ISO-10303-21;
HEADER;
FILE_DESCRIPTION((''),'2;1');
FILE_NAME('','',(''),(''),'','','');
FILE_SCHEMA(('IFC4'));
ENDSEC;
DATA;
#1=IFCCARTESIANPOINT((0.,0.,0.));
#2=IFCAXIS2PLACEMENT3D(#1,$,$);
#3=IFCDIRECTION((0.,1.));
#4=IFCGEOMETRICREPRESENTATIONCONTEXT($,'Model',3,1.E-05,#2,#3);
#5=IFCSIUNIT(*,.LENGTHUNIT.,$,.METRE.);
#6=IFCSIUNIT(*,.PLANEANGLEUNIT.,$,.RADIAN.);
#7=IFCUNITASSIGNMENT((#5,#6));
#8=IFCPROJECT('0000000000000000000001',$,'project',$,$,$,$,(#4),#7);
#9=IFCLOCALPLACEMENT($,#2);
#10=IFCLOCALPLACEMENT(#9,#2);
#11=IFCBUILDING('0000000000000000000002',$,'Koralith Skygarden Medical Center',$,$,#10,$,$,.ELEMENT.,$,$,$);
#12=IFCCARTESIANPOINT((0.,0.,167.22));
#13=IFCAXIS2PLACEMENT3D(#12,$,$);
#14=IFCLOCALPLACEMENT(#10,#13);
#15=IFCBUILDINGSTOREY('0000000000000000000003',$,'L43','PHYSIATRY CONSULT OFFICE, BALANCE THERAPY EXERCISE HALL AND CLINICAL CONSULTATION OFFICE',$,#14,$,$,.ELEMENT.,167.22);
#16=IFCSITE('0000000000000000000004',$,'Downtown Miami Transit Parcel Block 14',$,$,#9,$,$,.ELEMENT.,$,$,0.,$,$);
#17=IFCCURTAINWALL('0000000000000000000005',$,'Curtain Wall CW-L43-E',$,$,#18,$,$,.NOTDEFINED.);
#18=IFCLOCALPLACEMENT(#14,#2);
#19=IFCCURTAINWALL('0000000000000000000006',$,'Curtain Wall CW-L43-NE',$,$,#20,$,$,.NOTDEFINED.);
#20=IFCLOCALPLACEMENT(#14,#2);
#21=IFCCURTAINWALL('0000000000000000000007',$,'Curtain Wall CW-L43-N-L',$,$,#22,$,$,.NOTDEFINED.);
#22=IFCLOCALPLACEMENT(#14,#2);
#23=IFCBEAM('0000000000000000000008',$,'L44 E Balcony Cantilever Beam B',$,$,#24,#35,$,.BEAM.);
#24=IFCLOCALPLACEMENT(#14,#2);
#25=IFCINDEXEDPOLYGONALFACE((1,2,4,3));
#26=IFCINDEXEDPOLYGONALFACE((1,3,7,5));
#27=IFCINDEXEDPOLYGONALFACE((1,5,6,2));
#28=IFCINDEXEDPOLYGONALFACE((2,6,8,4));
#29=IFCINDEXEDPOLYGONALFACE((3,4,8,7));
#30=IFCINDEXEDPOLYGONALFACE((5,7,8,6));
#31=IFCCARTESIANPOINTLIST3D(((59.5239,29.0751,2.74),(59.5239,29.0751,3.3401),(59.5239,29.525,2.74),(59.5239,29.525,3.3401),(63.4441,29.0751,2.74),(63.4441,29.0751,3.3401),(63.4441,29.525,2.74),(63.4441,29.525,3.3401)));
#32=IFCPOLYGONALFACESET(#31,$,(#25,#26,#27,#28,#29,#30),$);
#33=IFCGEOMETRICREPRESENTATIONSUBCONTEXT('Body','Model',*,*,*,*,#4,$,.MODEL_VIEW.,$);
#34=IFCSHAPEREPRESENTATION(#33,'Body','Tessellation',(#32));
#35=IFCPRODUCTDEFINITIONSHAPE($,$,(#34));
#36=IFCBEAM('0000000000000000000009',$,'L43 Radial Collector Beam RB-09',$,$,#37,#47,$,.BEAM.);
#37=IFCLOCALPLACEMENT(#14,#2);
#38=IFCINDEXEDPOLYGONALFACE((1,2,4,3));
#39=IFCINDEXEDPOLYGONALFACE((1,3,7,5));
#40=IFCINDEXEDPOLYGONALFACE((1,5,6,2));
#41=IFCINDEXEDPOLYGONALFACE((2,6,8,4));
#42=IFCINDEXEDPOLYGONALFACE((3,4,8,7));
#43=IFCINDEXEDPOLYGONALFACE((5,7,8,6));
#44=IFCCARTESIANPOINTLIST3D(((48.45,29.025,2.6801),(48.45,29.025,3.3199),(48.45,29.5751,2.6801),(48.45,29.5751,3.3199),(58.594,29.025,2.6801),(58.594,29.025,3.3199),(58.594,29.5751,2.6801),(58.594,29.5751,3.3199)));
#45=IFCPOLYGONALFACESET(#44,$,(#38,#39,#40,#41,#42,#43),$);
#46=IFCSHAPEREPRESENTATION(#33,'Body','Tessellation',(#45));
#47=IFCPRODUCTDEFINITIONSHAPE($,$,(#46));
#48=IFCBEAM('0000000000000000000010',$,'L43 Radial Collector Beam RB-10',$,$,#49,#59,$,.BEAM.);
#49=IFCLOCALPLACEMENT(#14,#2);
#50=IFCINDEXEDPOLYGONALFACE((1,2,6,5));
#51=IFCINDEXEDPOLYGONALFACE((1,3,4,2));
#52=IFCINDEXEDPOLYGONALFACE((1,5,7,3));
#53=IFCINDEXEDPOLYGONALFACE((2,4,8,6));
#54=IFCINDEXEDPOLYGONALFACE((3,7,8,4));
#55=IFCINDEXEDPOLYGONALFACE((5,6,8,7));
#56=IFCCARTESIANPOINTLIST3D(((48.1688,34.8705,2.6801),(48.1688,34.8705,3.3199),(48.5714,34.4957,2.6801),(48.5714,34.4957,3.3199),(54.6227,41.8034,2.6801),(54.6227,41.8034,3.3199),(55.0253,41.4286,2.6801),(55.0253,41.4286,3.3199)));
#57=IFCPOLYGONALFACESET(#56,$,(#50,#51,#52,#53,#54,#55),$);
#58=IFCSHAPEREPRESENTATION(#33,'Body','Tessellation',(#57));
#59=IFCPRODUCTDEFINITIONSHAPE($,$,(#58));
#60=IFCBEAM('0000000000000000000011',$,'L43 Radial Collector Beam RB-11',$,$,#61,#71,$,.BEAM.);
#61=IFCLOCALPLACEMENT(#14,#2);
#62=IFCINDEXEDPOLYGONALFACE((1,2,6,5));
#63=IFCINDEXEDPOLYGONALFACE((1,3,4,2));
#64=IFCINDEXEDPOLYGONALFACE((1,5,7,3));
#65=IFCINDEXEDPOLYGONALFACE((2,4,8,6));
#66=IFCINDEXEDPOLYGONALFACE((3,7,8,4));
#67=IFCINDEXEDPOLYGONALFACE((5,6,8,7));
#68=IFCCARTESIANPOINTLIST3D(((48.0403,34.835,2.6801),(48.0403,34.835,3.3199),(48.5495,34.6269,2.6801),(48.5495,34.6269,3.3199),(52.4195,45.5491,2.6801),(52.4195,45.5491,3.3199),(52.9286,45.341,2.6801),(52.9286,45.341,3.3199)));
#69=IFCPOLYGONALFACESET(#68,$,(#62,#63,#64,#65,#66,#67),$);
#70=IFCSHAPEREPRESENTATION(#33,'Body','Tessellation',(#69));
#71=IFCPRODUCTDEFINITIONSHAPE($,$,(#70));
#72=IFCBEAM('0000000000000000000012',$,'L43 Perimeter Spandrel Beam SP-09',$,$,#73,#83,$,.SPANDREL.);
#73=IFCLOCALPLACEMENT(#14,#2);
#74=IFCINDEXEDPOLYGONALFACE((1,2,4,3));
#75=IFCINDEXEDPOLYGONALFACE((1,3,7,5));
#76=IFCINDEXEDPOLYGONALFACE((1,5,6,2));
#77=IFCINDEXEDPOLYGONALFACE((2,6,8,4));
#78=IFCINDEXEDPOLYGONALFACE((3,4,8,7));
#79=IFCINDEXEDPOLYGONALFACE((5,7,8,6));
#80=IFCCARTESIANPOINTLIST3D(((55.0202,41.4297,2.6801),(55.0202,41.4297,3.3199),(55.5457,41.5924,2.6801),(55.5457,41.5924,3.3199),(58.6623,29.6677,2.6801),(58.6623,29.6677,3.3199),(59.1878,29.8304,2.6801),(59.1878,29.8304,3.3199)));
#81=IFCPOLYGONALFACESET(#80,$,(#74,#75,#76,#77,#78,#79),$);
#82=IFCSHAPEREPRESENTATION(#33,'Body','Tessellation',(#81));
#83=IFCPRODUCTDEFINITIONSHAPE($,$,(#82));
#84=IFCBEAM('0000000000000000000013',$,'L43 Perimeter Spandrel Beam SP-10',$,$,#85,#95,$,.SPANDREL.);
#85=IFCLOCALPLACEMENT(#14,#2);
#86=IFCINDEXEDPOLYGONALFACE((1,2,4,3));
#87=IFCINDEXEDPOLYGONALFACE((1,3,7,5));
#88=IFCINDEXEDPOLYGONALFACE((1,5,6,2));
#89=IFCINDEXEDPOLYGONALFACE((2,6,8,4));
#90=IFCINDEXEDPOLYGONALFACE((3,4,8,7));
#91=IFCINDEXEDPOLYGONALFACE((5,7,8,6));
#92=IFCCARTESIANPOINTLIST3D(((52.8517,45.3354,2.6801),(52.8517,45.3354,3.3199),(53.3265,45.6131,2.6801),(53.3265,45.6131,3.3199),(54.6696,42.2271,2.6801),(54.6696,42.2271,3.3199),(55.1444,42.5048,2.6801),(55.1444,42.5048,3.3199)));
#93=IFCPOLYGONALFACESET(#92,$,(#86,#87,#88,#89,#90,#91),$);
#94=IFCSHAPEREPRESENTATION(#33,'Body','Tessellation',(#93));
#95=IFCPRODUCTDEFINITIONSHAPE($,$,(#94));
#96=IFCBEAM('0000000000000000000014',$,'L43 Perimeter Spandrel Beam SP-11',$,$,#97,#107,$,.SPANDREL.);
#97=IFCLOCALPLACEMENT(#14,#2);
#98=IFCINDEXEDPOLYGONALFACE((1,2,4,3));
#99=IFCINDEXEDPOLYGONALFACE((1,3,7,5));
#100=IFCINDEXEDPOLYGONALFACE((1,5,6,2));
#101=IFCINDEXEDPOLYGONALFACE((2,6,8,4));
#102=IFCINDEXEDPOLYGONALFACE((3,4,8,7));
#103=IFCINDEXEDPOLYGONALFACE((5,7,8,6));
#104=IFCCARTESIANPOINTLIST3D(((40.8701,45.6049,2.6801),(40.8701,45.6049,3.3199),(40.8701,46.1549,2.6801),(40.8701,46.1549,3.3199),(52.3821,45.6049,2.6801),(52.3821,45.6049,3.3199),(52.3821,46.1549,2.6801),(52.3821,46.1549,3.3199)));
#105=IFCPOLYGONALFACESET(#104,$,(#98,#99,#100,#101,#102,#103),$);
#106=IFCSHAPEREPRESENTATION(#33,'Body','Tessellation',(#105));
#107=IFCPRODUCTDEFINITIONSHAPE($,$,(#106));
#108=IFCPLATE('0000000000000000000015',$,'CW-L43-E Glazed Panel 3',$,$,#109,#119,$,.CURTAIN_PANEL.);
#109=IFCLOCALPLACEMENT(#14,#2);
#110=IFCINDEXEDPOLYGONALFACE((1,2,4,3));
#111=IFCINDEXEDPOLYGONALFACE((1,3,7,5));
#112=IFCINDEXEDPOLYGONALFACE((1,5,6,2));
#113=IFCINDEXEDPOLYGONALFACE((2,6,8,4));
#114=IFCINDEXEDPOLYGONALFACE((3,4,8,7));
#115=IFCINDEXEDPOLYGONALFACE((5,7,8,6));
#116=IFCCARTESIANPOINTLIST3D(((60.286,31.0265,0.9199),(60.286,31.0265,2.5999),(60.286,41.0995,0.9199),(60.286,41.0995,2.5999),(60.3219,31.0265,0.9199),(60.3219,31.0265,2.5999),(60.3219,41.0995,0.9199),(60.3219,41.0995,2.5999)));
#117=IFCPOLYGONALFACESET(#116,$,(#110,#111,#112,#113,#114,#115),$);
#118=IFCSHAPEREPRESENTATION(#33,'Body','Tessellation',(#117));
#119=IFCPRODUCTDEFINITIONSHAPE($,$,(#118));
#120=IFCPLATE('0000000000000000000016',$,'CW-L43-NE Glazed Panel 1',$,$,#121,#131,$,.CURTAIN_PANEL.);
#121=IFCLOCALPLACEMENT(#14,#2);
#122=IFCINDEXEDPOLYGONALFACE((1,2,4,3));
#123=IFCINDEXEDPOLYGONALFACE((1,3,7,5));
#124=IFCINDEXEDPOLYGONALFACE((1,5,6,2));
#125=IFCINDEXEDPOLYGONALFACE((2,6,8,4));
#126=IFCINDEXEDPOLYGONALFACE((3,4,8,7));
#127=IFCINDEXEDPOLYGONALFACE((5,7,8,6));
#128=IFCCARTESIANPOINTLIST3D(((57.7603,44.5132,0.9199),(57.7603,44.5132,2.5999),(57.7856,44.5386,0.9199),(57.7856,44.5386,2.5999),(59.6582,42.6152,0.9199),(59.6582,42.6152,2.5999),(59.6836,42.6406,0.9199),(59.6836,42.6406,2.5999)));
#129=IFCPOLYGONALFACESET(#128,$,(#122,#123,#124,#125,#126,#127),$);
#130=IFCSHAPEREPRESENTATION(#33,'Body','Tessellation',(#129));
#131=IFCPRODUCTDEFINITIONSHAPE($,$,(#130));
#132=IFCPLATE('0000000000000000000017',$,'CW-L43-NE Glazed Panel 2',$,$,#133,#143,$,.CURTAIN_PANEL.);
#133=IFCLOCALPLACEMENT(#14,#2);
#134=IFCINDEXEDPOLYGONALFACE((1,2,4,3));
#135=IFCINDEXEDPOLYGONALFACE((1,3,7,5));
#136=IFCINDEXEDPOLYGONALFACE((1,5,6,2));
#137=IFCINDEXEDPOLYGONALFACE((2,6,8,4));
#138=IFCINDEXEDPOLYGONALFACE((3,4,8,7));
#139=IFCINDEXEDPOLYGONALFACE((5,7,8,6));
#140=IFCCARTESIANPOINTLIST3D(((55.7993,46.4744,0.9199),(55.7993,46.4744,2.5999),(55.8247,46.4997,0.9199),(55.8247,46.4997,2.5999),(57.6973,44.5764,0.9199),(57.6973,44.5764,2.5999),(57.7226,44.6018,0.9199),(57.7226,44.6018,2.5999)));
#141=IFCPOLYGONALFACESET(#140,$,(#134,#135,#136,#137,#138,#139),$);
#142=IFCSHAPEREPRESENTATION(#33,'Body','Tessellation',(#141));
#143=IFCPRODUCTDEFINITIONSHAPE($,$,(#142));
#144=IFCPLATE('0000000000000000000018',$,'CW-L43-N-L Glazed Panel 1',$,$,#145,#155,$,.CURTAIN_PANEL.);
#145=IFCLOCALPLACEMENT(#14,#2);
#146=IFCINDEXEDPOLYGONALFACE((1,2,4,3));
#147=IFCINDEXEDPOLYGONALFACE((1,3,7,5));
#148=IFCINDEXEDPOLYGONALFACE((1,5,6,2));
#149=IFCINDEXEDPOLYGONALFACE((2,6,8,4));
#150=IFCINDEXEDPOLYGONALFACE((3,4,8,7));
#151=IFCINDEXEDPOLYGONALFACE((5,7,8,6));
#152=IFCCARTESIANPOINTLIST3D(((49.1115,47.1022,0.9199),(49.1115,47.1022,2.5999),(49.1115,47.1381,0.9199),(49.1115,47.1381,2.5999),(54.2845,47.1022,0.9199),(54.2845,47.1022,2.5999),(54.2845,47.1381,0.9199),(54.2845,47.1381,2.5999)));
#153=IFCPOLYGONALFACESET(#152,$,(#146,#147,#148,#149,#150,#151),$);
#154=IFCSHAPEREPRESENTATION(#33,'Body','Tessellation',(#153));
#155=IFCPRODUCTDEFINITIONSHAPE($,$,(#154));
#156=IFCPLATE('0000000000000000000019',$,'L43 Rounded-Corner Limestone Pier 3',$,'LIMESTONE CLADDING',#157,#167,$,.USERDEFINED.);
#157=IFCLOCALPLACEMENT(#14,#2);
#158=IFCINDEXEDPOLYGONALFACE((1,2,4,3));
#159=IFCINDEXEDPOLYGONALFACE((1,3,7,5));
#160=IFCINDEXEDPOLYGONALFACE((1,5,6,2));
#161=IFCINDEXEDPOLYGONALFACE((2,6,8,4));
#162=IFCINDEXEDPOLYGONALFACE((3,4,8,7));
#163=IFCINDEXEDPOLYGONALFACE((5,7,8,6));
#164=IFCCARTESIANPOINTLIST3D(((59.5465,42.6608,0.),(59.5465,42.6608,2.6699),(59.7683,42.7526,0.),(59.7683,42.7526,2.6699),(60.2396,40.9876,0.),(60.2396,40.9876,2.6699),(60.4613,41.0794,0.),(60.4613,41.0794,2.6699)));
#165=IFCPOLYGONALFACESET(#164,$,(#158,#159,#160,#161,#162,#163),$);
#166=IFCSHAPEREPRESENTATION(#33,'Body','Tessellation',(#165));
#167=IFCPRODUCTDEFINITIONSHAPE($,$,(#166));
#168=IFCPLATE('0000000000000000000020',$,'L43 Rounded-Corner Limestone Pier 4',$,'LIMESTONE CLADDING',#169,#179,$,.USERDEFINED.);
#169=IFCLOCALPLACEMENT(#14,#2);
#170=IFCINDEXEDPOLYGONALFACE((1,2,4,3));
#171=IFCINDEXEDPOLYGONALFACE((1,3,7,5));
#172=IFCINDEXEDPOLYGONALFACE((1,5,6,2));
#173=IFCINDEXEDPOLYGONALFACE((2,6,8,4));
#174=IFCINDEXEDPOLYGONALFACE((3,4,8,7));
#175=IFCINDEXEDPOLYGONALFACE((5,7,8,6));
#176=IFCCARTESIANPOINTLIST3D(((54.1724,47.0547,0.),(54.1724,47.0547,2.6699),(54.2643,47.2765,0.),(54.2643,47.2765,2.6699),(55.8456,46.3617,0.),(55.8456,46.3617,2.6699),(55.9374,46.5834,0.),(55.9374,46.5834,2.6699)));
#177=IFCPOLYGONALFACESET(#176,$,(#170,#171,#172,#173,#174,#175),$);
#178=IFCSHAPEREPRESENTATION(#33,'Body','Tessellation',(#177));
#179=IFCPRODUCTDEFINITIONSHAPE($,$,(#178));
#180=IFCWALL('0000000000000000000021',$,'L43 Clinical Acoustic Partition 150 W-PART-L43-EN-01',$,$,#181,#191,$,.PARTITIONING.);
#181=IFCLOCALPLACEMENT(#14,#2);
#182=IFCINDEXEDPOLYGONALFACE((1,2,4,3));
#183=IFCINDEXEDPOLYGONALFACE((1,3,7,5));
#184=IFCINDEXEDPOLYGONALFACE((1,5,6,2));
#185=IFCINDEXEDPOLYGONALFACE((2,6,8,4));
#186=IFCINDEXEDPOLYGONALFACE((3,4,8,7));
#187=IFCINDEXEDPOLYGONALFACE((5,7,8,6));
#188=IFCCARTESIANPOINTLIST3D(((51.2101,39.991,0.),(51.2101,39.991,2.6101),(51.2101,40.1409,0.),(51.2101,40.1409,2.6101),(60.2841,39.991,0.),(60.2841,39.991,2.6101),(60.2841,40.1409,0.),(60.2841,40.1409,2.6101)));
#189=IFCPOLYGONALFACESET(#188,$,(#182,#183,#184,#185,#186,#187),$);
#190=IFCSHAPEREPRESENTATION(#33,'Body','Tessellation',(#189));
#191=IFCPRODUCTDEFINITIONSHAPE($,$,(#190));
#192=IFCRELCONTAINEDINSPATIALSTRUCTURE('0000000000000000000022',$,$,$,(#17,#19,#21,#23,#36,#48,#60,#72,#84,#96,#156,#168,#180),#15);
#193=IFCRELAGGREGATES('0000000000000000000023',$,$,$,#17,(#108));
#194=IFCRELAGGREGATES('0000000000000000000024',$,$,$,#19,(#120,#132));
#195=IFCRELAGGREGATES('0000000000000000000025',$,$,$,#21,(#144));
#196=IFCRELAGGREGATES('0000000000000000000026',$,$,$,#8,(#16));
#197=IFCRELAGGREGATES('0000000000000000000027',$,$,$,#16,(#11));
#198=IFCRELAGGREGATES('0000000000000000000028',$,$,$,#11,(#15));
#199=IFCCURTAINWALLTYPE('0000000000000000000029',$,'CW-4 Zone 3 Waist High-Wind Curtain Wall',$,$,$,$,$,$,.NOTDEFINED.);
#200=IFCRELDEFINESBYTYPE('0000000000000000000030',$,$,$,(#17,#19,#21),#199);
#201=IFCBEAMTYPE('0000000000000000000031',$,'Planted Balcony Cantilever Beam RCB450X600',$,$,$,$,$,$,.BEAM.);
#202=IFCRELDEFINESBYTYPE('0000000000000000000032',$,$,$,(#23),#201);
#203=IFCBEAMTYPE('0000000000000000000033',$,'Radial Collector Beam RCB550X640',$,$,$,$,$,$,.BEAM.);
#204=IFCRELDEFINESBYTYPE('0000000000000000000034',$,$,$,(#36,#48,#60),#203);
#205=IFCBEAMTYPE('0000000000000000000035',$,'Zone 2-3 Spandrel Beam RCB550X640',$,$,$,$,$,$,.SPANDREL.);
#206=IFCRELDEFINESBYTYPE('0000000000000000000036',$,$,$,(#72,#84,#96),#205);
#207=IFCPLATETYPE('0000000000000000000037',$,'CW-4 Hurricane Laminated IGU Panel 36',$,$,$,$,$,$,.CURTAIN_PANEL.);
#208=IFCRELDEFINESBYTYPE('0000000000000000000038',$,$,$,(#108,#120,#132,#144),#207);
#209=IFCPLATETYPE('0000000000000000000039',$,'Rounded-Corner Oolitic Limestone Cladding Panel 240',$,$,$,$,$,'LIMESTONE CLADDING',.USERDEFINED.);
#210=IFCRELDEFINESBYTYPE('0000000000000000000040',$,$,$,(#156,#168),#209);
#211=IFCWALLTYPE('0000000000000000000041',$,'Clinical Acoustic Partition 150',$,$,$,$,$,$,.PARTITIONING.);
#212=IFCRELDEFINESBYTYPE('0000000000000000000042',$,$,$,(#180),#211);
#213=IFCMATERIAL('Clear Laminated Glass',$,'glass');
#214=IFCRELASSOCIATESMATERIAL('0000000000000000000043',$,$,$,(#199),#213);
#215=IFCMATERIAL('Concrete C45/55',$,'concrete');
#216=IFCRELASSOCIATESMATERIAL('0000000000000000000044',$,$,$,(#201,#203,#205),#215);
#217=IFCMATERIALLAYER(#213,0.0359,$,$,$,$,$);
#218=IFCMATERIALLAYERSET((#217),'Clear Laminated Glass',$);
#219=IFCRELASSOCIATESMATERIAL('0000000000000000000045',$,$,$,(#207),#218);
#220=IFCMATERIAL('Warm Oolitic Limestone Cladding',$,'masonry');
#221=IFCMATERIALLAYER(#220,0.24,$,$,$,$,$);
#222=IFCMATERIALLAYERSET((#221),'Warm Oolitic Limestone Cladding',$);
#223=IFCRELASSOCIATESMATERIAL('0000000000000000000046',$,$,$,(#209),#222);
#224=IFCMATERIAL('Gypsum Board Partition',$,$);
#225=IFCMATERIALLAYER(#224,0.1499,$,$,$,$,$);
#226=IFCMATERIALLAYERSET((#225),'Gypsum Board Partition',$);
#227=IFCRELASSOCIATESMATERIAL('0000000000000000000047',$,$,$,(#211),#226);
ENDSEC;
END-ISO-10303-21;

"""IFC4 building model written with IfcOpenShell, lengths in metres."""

from ifc_helpers import new_model, si_unit, direction, frame, frame_2d, origin, origin_2d, place, context, subcontext, project, spatial, rectangle, extrude, material, layer, layer_set, material_profile, profile_set, type_object, element, aggregate, save


model = new_model("IFC4")

# Units and contexts
model_context = context("Model", 3, precision=1e-05, world=origin(), true_north=direction((0.0, 1.0)))
body_context = subcontext(model_context, "Body", "Model", "MODEL_VIEW")
ifc_project = project(units=[si_unit("LENGTHUNIT", "METRE"), si_unit("PLANEANGLEUNIT", "RADIAN")], contexts=[model_context])

# Site, building, storey
site_placement = place(None, origin())
site = spatial("IfcSite", under=ifc_project, at=site_placement, Name="Downtown Miami Transit Parcel Block 14", CompositionType="ELEMENT", RefElevation=0.0)
building_placement = place(site_placement, origin())
building = spatial("IfcBuilding", under=site, at=building_placement, Name="Koralith Skygarden Medical Center", CompositionType="ELEMENT")
storey_placement = place(building_placement, frame((0.0, 0.0, 167.22)))
storey = spatial("IfcBuildingStorey", under=building, at=storey_placement, Name="L43", Description="PHYSIATRY CONSULT OFFICE, BALANCE THERAPY EXERCISE HALL AND CLINICAL CONSULTATION OFFICE", CompositionType="ELEMENT", Elevation=167.22)

# Curtain walls
ifc_material_1 = material(Name="Clear Laminated Glass", Category="glass")
curtain_wall_type = type_object("IfcCurtainWallType", Name="CW-4 Zone 3 Waist High-Wind Curtain Wall", PredefinedType="NOTDEFINED", material=ifc_material_1)
curtain_wall_1_placement = place(storey_placement, origin())
curtain_wall_1 = element("IfcCurtainWall", 1, at=curtain_wall_1_placement, inside=storey, type_object=curtain_wall_type, Name="Curtain Wall CW-L43-E", PredefinedType="NOTDEFINED")
curtain_wall_2_placement = place(storey_placement, origin())
curtain_wall_2 = element("IfcCurtainWall", 2, at=curtain_wall_2_placement, inside=storey, type_object=curtain_wall_type, Name="Curtain Wall CW-L43-NE", PredefinedType="NOTDEFINED")
curtain_wall_3_placement = place(storey_placement, origin())
curtain_wall_3 = element("IfcCurtainWall", 3, at=curtain_wall_3_placement, inside=storey, type_object=curtain_wall_type, Name="Curtain Wall CW-L43-N-L", PredefinedType="NOTDEFINED")

# Beams
ifc_material_2 = material(Name="Concrete C45/55", Category="concrete")
ifc_material_profile_1 = material_profile(ifc_material_2, rectangle(XDim=0.45, YDim=0.6001, at=origin_2d()), Name="RCB450X600")
ifc_profile_set_1 = profile_set([ifc_material_profile_1], Name="Concrete C45/55")
beam_type_1 = type_object("IfcBeamType", Name="Planted Balcony Cantilever Beam RCB450X600", PredefinedType="BEAM", material=ifc_profile_set_1)
beam_1_placement = place(storey_placement, frame((59.5239, 29.3, 3.04), z_axis=(1.0, 0.0, 0.0), x_axis=(0.0, 1.0, 0.0)))
element("IfcBeam", 4, at=beam_1_placement, inside=storey, type_object=beam_type_1, Name="L44 E Balcony Cantilever Beam B", PredefinedType="BEAM", context=body_context, shape_type="SweptSolid", body=[
    extrude(rectangle(XDim=0.45, YDim=0.6001, at=origin_2d()), origin(), (0.0, 0.0, 1.0), 3.9202),
])
ifc_material_profile_2 = material_profile(ifc_material_2, rectangle(XDim=0.55, YDim=0.6399, at=origin_2d()), Name="RCB550X640")
ifc_profile_set_2 = profile_set([ifc_material_profile_2], Name="Concrete C45/55")
beam_type_2 = type_object("IfcBeamType", Name="Radial Collector Beam RCB550X640", PredefinedType="BEAM", material=ifc_profile_set_2)
beam_2_placement = place(storey_placement, frame((48.45, 29.3, 3.0), z_axis=(1.0, 0.0, 0.0), x_axis=(0.0, 1.0, 0.0)))
element("IfcBeam", 5, at=beam_2_placement, inside=storey, type_object=beam_type_2, Name="L43 Radial Collector Beam RB-09", PredefinedType="BEAM", context=body_context, shape_type="SweptSolid", body=[
    extrude(rectangle(XDim=0.55, YDim=0.6399, at=origin_2d()), origin(), (0.0, 0.0, 1.0), 10.144),
])
beam_3_placement = place(storey_placement, frame((48.3701, 34.6831, 3.0), z_axis=(0.681369, 0.73194, 0.0), x_axis=(-0.73194, 0.681369, 0.0)))
element("IfcBeam", 6, at=beam_3_placement, inside=storey, type_object=beam_type_2, Name="L43 Radial Collector Beam RB-10", PredefinedType="BEAM", context=body_context, shape_type="SweptSolid", body=[
    extrude(rectangle(XDim=0.55, YDim=0.6399, at=origin_2d()), origin(), (0.0, 0.0, 1.0), 9.4719),
])
beam_4_placement = place(storey_placement, frame((48.2949, 34.731, 3.0), z_axis=(0.378345, 0.925665, 0.0), x_axis=(-0.925665, 0.378345, 0.0)))
element("IfcBeam", 7, at=beam_4_placement, inside=storey, type_object=beam_type_2, Name="L43 Radial Collector Beam RB-11", PredefinedType="BEAM", context=body_context, shape_type="SweptSolid", body=[
    extrude(rectangle(XDim=0.55, YDim=0.6399, at=origin_2d()), origin(), (0.0, 0.0, 1.0), 11.5745),
])
ifc_material_profile_3 = material_profile(ifc_material_2, rectangle(XDim=0.55, YDim=0.6399, at=origin_2d()), Name="RCB550X640")
ifc_profile_set_3 = profile_set([ifc_material_profile_3], Name="Concrete C45/55")
beam_type_3 = type_object("IfcBeamType", Name="Zone 2-3 Spandrel Beam RCB550X640", PredefinedType="SPANDREL", material=ifc_profile_set_3)
beam_5_placement = place(storey_placement, frame((58.925, 29.749, 3.0), z_axis=(-0.295794, 0.955252, 0.0), x_axis=(-0.955252, -0.295794, 0.0)))
element("IfcBeam", 8, at=beam_5_placement, inside=storey, type_object=beam_type_3, Name="L43 Perimeter Spandrel Beam SP-09", PredefinedType="SPANDREL", context=body_context, shape_type="SweptSolid", body=[
    extrude(rectangle(XDim=0.55, YDim=0.6399, at=origin_2d()), origin(), (0.0, 0.0, 1.0), 12.313),
])
beam_6_placement = place(storey_placement, frame((54.907, 42.366, 3.0), z_axis=(-0.504861, 0.8632, 0.0), x_axis=(-0.8632, -0.504861, 0.0)))
element("IfcBeam", 9, at=beam_6_placement, inside=storey, type_object=beam_type_3, Name="L43 Perimeter Spandrel Beam SP-10", PredefinedType="SPANDREL", context=body_context, shape_type="SweptSolid", body=[
    extrude(rectangle(XDim=0.55, YDim=0.6399, at=origin_2d()), origin(), (0.0, 0.0, 1.0), 3.6008),
])
beam_7_placement = place(storey_placement, frame((52.3821, 45.8799, 3.0), z_axis=(-1.0, 0.0, 0.0), x_axis=(0.0, -1.0, 0.0)))
element("IfcBeam", 10, at=beam_7_placement, inside=storey, type_object=beam_type_3, Name="L43 Perimeter Spandrel Beam SP-11", PredefinedType="SPANDREL", context=body_context, shape_type="SweptSolid", body=[
    extrude(rectangle(XDim=0.55, YDim=0.6399, at=origin_2d()), origin(), (0.0, 0.0, 1.0), 11.512),
])

# Plates
ifc_layer_1 = layer(ifc_material_1, 0.0359)
ifc_layer_set_1 = layer_set([ifc_layer_1], Name="Clear Laminated Glass")
plate_type_1 = type_object("IfcPlateType", Name="CW-4 Hurricane Laminated IGU Panel 36", PredefinedType="CURTAIN_PANEL", material=ifc_layer_set_1)
plate_1_placement = place(storey_placement, frame((60.304, 36.063, 0.9199), z_axis=(0.0, 0.0, 1.0), x_axis=(0.0, 1.0, 0.0)))
plate_1 = element("IfcPlate", 11, at=plate_1_placement, type_object=plate_type_1, Name="CW-L43-E Glazed Panel 3", PredefinedType="CURTAIN_PANEL", context=body_context, shape_type="SweptSolid", body=[
    extrude(rectangle(XDim=10.073, YDim=0.0359, at=origin_2d()), origin(), (0.0, 0.0, 1.0), 1.6799),
])
aggregate(curtain_wall_1, [plate_1])
plate_2_placement = place(storey_placement, frame((58.7219, 43.5769, 0.9199), z_axis=(0.0, 0.0, 1.0), x_axis=(-0.707107, 0.707107, 0.0)))
plate_2 = element("IfcPlate", 12, at=plate_2_placement, type_object=plate_type_1, Name="CW-L43-NE Glazed Panel 1", PredefinedType="CURTAIN_PANEL", context=body_context, shape_type="SweptSolid", body=[
    extrude(rectangle(XDim=2.6841, YDim=0.0359, at=origin_2d()), origin(), (0.0, 0.0, 1.0), 1.6799),
])
plate_3_placement = place(storey_placement, frame((56.761, 45.5381, 0.9199), z_axis=(0.0, 0.0, 1.0), x_axis=(-0.707107, 0.707107, 0.0)))
plate_3 = element("IfcPlate", 13, at=plate_3_placement, type_object=plate_type_1, Name="CW-L43-NE Glazed Panel 2", PredefinedType="CURTAIN_PANEL", context=body_context, shape_type="SweptSolid", body=[
    extrude(rectangle(XDim=2.6841, YDim=0.0359, at=origin_2d()), origin(), (0.0, 0.0, 1.0), 1.6799),
])
aggregate(curtain_wall_2, [plate_2, plate_3])
plate_4_placement = place(storey_placement, frame((51.698, 47.1201, 0.9199), z_axis=(0.0, 0.0, 1.0), x_axis=(-1.0, 0.0, 0.0)))
plate_4 = element("IfcPlate", 14, at=plate_4_placement, type_object=plate_type_1, Name="CW-L43-N-L Glazed Panel 1", PredefinedType="CURTAIN_PANEL", context=body_context, shape_type="SweptSolid", body=[
    extrude(rectangle(XDim=5.1731, YDim=0.0359, at=origin_2d()), origin(), (0.0, 0.0, 1.0), 1.6799),
])
aggregate(curtain_wall_3, [plate_4])

# Plates
ifc_material_3 = material(Name="Warm Oolitic Limestone Cladding", Category="masonry")
ifc_layer_2 = layer(ifc_material_3, 0.24)
ifc_layer_set_2 = layer_set([ifc_layer_2], Name="Warm Oolitic Limestone Cladding")
plate_type_2 = type_object("IfcPlateType", Name="Rounded-Corner Oolitic Limestone Cladding Panel 240", ElementType="LIMESTONE CLADDING", PredefinedType="USERDEFINED", material=ifc_layer_set_2)
for number, where, z_axis, x_axis, name in (
    (15, (60.0039, 41.8701, 0.0), (0.0, 0.0, 1.0), (-0.382671, 0.923885, 0.0), "L43 Rounded-Corner Limestone Pier 3"),
    (16, (55.0549, 46.8191, 0.0), (0.0, 0.0, 1.0), (-0.923885, 0.382671, 0.0), "L43 Rounded-Corner Limestone Pier 4"),
):
    element("IfcPlate", number, at=place(storey_placement, frame(where, z_axis=z_axis, x_axis=x_axis)), inside=storey, type_object=plate_type_2, Name=name, ObjectType="LIMESTONE CLADDING", PredefinedType="USERDEFINED", context=body_context, shape_type="SweptSolid", body=[
        extrude(rectangle(XDim=1.811, YDim=0.24, at=origin_2d()), origin(), (0.0, 0.0, 1.0), 2.6699),
    ])

# Wall
ifc_material_4 = material(Name="Gypsum Board Partition")
ifc_layer_3 = layer(ifc_material_4, 0.1499)
ifc_layer_set_3 = layer_set([ifc_layer_3], Name="Gypsum Board Partition")
wall_type_1 = type_object("IfcWallType", Name="Clinical Acoustic Partition 150", PredefinedType="PARTITIONING", material=ifc_layer_set_3)
wall_1_placement = place(storey_placement, frame((51.21, 40.0659, 0.0), z_axis=(0.0, 0.0, 1.0), x_axis=(1.0, 0.0, 0.0)))
element("IfcWall", 17, at=wall_1_placement, inside=storey, type_object=wall_type_1, Name="L43 Clinical Acoustic Partition 150 W-PART-L43-EN-01", PredefinedType="PARTITIONING", context=body_context, shape_type="SweptSolid", body=[
    extrude(rectangle(XDim=9.074, YDim=0.1499, at=frame_2d((4.5371, 0.0))), origin(), (0.0, 0.0, 1.0), 2.6101),
])

save(model, "model.ifc")
